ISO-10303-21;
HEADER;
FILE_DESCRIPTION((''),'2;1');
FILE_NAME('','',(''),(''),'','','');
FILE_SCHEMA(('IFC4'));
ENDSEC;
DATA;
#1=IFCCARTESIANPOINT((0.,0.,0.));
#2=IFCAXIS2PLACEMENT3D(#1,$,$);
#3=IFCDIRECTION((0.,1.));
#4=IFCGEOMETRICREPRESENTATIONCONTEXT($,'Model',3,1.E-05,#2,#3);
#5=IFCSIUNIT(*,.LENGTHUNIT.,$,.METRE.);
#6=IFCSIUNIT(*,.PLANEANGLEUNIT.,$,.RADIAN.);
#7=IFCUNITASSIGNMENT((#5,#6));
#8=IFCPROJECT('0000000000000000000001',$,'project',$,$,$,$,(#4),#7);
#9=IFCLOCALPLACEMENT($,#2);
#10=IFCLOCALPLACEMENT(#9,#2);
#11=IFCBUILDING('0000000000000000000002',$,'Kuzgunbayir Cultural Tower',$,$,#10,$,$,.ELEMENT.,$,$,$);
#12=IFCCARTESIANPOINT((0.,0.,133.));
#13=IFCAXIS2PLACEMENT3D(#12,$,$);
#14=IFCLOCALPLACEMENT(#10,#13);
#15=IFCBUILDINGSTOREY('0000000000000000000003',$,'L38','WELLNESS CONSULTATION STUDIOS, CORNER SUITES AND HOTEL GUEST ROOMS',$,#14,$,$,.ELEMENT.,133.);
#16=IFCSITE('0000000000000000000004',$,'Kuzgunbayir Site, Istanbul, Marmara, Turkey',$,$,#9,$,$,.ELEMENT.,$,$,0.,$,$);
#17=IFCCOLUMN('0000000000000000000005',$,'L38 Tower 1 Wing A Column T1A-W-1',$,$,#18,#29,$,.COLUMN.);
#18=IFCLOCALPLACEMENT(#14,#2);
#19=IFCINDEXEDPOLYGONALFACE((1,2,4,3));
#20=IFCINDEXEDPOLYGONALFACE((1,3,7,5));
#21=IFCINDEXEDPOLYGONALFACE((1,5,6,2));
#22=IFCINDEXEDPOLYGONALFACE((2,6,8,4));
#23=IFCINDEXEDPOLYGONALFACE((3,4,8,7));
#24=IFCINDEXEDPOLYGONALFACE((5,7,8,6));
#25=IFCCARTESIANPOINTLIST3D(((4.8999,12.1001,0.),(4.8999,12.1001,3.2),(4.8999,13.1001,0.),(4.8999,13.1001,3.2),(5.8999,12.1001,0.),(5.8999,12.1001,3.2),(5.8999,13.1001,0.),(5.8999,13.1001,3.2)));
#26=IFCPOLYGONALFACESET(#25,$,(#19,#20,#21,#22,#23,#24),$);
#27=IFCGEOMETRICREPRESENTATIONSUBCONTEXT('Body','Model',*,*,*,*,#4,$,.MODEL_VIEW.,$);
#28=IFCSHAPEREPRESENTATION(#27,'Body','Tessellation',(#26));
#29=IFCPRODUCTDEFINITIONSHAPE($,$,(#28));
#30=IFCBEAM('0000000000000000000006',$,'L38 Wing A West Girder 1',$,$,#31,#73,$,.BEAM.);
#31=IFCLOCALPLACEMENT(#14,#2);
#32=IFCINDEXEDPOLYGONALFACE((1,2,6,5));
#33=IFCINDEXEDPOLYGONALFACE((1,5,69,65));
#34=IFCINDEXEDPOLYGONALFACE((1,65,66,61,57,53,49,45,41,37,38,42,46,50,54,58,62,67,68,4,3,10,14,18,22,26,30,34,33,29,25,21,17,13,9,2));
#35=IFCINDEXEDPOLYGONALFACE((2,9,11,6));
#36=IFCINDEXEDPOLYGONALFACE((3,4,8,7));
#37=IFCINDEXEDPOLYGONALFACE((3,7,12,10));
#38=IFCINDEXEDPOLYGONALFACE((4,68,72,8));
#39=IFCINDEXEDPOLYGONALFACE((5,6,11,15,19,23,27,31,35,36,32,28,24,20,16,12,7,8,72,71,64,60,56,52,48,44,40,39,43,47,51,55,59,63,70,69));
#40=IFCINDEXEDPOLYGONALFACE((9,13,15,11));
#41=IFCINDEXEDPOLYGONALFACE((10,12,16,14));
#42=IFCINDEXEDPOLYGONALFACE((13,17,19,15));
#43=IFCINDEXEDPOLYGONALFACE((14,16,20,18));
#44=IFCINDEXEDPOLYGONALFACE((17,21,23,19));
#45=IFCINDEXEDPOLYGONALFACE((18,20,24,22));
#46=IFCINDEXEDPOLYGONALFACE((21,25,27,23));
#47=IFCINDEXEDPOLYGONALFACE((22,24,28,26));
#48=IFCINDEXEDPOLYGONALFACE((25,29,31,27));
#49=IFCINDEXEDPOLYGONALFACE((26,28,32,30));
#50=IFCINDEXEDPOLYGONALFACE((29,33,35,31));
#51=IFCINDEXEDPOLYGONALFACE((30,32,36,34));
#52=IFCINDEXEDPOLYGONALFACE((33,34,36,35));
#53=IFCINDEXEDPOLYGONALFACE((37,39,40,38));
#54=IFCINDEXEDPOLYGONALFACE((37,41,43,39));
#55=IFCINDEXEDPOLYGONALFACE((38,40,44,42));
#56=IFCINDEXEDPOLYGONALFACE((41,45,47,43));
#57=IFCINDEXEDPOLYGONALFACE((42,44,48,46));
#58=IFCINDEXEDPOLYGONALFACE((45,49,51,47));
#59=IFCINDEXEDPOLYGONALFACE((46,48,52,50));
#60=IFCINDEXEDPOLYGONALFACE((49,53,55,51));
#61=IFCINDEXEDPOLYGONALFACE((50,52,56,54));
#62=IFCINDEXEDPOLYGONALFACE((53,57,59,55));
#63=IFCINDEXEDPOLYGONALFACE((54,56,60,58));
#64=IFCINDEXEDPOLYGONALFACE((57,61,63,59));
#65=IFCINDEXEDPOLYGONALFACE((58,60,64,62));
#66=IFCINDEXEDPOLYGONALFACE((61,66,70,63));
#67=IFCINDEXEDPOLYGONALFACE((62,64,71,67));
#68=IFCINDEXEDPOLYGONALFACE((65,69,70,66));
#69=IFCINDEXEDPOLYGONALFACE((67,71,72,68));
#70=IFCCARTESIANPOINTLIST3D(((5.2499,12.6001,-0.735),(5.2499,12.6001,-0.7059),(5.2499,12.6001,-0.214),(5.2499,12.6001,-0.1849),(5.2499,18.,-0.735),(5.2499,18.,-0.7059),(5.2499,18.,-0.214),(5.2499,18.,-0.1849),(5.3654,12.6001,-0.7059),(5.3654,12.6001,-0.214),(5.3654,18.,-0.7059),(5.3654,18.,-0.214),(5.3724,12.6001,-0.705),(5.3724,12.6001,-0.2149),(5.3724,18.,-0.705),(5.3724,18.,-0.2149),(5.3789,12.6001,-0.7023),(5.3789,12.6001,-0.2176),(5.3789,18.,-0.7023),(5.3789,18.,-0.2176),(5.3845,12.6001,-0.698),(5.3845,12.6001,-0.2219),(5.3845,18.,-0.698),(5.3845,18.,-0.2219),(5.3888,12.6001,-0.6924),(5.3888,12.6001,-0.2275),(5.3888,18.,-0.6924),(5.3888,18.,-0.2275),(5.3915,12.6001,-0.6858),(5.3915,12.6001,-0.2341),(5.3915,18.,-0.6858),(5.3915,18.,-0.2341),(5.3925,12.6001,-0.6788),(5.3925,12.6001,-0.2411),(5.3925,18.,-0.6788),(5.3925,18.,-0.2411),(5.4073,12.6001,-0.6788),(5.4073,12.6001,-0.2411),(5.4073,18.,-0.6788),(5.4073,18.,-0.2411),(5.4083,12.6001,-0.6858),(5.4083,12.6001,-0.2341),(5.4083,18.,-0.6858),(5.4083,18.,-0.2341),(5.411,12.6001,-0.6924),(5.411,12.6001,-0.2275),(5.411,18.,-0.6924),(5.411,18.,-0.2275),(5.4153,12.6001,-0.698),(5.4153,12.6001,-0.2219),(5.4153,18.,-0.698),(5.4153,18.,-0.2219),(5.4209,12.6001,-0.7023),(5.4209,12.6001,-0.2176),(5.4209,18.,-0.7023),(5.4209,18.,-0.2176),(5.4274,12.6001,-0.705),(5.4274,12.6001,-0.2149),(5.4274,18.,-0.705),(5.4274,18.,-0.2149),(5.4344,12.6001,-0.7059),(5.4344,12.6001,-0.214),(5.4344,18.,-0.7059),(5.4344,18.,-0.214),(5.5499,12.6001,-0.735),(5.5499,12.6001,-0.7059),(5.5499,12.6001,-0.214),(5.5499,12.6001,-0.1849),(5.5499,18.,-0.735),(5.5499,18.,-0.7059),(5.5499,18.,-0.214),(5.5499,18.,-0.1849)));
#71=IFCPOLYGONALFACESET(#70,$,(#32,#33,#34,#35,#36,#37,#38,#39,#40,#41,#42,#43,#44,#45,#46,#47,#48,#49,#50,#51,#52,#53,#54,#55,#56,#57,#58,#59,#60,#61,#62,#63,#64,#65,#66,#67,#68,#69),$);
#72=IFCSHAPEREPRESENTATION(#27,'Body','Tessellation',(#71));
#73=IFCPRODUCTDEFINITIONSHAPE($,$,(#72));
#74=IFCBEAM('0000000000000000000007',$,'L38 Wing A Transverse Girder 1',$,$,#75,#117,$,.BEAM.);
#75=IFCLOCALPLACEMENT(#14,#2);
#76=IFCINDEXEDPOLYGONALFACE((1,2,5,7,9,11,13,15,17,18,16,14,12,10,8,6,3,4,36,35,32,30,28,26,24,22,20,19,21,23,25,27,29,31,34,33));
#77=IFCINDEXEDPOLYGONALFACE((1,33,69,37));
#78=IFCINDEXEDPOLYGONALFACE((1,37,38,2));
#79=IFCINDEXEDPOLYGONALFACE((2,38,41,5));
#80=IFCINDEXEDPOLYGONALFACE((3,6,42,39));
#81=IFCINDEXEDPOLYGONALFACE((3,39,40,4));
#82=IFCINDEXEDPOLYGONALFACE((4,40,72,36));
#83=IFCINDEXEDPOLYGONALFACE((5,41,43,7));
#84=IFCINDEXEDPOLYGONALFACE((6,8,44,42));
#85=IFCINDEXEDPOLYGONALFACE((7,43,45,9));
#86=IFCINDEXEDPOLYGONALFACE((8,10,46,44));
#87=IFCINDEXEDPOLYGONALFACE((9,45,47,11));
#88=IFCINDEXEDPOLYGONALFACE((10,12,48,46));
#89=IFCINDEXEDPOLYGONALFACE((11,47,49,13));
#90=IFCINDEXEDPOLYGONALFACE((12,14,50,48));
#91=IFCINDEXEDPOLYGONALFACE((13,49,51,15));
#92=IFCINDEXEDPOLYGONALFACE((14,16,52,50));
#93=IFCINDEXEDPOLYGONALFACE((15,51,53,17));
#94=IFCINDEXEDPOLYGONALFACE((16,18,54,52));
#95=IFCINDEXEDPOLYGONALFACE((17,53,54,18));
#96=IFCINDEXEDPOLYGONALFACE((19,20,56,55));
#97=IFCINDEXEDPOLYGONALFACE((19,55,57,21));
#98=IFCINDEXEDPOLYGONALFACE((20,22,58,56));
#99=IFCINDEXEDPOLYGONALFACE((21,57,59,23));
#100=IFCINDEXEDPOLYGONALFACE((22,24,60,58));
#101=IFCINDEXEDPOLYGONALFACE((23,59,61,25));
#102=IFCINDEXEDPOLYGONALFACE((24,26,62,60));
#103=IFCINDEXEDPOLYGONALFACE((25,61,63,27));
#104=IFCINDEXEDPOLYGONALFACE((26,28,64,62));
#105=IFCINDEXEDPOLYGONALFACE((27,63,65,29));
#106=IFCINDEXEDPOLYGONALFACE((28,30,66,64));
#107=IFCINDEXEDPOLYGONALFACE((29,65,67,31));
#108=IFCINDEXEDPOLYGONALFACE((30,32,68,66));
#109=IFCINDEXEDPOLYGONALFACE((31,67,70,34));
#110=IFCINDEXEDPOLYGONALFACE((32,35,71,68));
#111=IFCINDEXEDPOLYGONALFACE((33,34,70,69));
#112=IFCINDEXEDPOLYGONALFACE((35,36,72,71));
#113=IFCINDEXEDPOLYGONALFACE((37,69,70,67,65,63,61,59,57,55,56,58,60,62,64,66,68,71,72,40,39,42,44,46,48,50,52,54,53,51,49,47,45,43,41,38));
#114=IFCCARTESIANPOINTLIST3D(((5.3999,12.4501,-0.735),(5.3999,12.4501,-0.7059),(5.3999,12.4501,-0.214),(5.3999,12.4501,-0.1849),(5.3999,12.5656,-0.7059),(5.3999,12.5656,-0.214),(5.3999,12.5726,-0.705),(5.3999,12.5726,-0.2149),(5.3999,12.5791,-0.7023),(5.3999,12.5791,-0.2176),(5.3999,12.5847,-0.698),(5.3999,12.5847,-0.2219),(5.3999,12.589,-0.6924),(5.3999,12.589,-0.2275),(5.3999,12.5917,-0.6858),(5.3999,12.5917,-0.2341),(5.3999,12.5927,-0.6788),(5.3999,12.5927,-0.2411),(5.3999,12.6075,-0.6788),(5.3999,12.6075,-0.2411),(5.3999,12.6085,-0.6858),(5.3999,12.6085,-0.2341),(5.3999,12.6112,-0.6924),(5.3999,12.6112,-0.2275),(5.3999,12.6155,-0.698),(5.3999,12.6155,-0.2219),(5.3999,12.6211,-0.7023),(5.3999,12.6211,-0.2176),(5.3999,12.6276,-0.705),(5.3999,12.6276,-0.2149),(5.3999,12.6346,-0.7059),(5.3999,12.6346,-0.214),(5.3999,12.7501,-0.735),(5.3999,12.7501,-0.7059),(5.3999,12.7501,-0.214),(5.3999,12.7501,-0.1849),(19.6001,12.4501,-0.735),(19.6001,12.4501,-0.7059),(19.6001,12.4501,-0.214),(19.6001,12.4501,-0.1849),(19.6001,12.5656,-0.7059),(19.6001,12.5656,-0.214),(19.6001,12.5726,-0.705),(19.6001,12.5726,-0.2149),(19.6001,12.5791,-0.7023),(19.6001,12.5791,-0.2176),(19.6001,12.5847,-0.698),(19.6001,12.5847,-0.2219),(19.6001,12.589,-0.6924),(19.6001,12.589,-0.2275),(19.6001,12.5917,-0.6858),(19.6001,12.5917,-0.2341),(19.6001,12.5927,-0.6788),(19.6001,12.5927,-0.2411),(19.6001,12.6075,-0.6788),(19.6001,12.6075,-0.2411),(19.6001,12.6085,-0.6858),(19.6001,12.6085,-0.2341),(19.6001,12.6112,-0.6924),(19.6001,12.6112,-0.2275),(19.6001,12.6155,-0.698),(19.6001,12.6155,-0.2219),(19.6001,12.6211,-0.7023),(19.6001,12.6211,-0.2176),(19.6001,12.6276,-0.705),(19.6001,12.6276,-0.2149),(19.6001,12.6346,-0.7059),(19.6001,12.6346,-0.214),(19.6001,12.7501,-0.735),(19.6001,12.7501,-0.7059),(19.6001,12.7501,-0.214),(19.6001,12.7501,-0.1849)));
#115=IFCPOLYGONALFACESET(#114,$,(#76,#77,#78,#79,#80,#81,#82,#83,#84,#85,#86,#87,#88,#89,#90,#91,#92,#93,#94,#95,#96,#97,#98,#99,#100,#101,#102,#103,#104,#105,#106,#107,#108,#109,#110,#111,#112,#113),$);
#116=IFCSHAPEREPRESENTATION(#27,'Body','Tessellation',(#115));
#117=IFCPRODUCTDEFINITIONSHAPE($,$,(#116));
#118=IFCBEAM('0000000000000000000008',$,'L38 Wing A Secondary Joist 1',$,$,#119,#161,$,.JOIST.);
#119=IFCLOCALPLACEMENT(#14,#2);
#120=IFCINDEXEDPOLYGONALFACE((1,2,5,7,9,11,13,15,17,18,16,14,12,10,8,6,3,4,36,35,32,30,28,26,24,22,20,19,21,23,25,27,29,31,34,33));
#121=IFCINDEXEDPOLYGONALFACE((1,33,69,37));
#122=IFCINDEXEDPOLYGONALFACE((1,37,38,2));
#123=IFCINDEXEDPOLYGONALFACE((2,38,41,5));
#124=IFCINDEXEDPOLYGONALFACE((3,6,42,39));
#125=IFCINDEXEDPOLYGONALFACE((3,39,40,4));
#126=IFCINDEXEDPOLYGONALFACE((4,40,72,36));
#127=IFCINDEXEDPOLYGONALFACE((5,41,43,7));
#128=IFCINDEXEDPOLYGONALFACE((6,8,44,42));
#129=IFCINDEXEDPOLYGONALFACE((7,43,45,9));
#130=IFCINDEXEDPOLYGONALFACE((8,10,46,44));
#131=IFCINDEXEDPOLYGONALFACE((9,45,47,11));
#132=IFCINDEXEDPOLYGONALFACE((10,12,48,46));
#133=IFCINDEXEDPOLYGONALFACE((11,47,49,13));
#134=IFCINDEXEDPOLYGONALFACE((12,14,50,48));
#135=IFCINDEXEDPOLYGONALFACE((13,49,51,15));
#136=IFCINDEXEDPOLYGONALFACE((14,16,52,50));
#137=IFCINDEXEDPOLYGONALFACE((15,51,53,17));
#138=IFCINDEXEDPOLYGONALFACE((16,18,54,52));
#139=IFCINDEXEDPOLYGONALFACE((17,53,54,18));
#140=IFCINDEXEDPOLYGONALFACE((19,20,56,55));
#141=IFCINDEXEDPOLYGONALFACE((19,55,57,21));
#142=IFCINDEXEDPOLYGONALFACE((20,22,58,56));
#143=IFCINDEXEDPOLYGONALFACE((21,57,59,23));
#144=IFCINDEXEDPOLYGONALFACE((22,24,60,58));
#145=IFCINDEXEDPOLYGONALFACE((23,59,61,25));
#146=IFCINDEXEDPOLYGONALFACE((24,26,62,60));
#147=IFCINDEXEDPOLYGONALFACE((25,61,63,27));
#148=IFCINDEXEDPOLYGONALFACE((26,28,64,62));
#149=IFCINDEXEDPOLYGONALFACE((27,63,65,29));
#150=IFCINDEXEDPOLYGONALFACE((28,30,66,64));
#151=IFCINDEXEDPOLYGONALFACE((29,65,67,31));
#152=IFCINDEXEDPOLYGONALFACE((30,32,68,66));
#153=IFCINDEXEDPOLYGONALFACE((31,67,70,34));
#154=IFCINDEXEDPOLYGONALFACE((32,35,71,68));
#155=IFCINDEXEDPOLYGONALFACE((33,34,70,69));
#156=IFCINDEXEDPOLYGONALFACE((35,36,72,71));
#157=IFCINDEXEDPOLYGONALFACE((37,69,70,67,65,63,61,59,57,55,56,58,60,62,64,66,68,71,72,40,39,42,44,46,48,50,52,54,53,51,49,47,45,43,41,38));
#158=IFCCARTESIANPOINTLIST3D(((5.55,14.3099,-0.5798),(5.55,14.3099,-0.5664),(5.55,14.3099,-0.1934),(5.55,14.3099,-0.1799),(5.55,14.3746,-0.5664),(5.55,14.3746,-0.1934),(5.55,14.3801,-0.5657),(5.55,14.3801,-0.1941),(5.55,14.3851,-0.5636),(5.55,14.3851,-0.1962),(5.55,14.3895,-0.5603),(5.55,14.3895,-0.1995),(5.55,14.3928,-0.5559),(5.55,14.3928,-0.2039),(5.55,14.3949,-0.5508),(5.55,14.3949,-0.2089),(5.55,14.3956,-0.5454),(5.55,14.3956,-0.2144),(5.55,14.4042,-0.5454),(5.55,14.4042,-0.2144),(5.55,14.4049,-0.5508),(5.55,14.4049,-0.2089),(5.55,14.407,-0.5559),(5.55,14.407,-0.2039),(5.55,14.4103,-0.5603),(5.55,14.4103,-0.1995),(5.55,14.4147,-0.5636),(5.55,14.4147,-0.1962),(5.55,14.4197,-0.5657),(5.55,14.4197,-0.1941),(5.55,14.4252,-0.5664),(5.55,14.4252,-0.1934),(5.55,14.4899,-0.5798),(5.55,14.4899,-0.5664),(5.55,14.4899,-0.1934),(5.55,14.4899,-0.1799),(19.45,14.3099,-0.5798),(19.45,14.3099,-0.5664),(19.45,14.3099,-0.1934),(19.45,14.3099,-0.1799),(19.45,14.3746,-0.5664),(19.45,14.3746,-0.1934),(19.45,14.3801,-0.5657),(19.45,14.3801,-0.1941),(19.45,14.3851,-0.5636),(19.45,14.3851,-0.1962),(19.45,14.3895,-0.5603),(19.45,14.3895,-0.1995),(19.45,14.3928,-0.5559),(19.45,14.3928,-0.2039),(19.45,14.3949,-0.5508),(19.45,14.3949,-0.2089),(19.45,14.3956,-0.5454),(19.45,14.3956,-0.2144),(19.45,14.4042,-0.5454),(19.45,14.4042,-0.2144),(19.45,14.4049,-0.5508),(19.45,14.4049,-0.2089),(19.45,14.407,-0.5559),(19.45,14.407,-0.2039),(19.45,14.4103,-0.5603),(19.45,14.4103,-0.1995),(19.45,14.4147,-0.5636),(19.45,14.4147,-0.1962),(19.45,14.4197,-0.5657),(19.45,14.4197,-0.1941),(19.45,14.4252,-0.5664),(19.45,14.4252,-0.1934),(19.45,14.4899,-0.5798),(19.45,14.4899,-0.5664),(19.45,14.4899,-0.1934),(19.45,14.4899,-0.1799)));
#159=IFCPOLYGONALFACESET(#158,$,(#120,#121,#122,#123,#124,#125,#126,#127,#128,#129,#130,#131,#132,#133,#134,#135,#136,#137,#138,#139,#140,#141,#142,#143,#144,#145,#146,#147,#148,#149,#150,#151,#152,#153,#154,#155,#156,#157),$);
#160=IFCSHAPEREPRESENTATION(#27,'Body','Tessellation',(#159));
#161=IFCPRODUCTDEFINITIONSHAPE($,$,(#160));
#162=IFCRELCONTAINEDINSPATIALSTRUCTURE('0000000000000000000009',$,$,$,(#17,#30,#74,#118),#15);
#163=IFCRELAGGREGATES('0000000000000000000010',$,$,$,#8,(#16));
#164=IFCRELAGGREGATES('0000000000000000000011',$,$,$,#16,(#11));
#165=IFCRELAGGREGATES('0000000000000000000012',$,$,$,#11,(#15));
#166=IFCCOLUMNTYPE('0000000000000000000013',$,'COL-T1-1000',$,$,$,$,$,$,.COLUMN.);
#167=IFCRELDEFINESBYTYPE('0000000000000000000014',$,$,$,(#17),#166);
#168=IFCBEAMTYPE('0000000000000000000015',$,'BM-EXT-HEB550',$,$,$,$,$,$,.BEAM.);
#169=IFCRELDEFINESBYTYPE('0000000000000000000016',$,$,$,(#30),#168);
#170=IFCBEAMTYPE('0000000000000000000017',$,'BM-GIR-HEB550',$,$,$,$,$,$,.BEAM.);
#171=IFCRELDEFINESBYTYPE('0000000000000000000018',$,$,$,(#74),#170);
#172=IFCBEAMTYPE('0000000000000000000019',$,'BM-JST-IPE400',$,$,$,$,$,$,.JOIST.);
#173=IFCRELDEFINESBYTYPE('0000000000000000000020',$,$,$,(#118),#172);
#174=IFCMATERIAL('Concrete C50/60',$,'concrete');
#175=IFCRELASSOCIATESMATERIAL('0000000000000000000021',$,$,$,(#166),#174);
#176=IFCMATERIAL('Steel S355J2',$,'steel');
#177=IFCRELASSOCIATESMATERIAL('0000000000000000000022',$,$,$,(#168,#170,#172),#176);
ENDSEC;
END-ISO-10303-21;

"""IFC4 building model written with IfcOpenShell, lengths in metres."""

from ifc_helpers import new_model, si_unit, direction, frame, origin, origin_2d, place, context, subcontext, project, spatial, rectangle, i_section, extrude, material, material_profile, profile_set, type_object, element, save


model = new_model("IFC4")

# Units and contexts
model_context = context("Model", 3, precision=1e-05, world=origin(), true_north=direction((0.0, 1.0)))
body_context = subcontext(model_context, "Body", "Model", "MODEL_VIEW")
ifc_project = project(units=[si_unit("LENGTHUNIT", "METRE"), si_unit("PLANEANGLEUNIT", "RADIAN")], contexts=[model_context])

# Site, building, storey
site_placement = place(None, origin())
site = spatial("IfcSite", under=ifc_project, at=site_placement, Name="Kuzgunbayir Site, Istanbul, Marmara, Turkey", CompositionType="ELEMENT", RefElevation=0.0)
building_placement = place(site_placement, origin())
building = spatial("IfcBuilding", under=site, at=building_placement, Name="Kuzgunbayir Cultural Tower", CompositionType="ELEMENT")
storey_placement = place(building_placement, frame((0.0, 0.0, 133.0)))
storey = spatial("IfcBuildingStorey", under=building, at=storey_placement, Name="L38", Description="WELLNESS CONSULTATION STUDIOS, CORNER SUITES AND HOTEL GUEST ROOMS", CompositionType="ELEMENT", Elevation=133.0)

# Column
ifc_material_1 = material(Name="Concrete C50/60", Category="concrete")
ifc_material_profile_1 = material_profile(ifc_material_1, rectangle(XDim=1.0, YDim=1.0, at=origin_2d()), Name="RC 1000x1000")
ifc_profile_set_1 = profile_set([ifc_material_profile_1], Name="Concrete C50/60")
column_type = type_object("IfcColumnType", Name="COL-T1-1000", PredefinedType="COLUMN", material=ifc_profile_set_1)
column_placement = place(storey_placement, frame((5.3999, 12.6001, 0.0), z_axis=(0.0, 0.0, 1.0), x_axis=(1.0, 0.0, 0.0)))
element("IfcColumn", 1, at=column_placement, inside=storey, type_object=column_type, Name="L38 Tower 1 Wing A Column T1A-W-1", PredefinedType="COLUMN", context=body_context, shape_type="SweptSolid", body=[
    extrude(rectangle(XDim=1.0, YDim=1.0, at=origin_2d()), origin(), (0.0, 0.0, 1.0), 3.2),
])

# Beams
ifc_material_2 = material(Name="Steel S355J2", Category="steel")
ifc_material_profile_2 = material_profile(ifc_material_2, i_section(OverallWidth=0.3, OverallDepth=0.55, WebThickness=0.0149, FlangeThickness=0.0291, FilletRadius=0.0271, at=origin_2d()), Name="HEB 550")
ifc_profile_set_2 = profile_set([ifc_material_profile_2], Name="Steel S355J2")
beam_type_1 = type_object("IfcBeamType", Name="BM-EXT-HEB550", PredefinedType="BEAM", material=ifc_profile_set_2)
beam_1_placement = place(storey_placement, frame((5.3999, 12.6001, -0.46), z_axis=(0.0, 1.0, 0.0), x_axis=(-1.0, 0.0, 0.0)))
element("IfcBeam", 2, at=beam_1_placement, inside=storey, type_object=beam_type_1, Name="L38 Wing A West Girder 1", PredefinedType="BEAM", context=body_context, shape_type="SweptSolid", body=[
    extrude(i_section(OverallWidth=0.3, OverallDepth=0.55, WebThickness=0.0149, FlangeThickness=0.0291, FilletRadius=0.0271, at=origin_2d()), origin(), (0.0, 0.0, 1.0), 5.3999),
])
ifc_material_profile_3 = material_profile(ifc_material_2, i_section(OverallWidth=0.3, OverallDepth=0.55, WebThickness=0.0149, FlangeThickness=0.0291, FilletRadius=0.0271, at=origin_2d()), Name="HEB 550")
ifc_profile_set_3 = profile_set([ifc_material_profile_3], Name="Steel S355J2")
beam_type_2 = type_object("IfcBeamType", Name="BM-GIR-HEB550", PredefinedType="BEAM", material=ifc_profile_set_3)
beam_2_placement = place(storey_placement, frame((5.3999, 12.6001, -0.46), z_axis=(1.0, 0.0, 0.0), x_axis=(0.0, 1.0, 0.0)))
element("IfcBeam", 3, at=beam_2_placement, inside=storey, type_object=beam_type_2, Name="L38 Wing A Transverse Girder 1", PredefinedType="BEAM", context=body_context, shape_type="SweptSolid", body=[
    extrude(i_section(OverallWidth=0.3, OverallDepth=0.55, WebThickness=0.0149, FlangeThickness=0.0291, FilletRadius=0.0271, at=origin_2d()), origin(), (0.0, 0.0, 1.0), 14.2002),
])
ifc_material_profile_4 = material_profile(ifc_material_2, i_section(OverallWidth=0.1799, OverallDepth=0.3999, WebThickness=0.0085, FlangeThickness=0.0134, FilletRadius=0.021, at=origin_2d()), Name="IPE 400")
ifc_profile_set_4 = profile_set([ifc_material_profile_4], Name="Steel S355J2")
beam_type_3 = type_object("IfcBeamType", Name="BM-JST-IPE400", PredefinedType="JOIST", material=ifc_profile_set_4)
for number, where, z_axis, x_axis, name in (
    (4, (5.55, 14.3999, -0.3799), (1.0, 0.0, 0.0), (0.0, 1.0, 0.0), "L38 Wing A Secondary Joist 1"),
):
    element("IfcBeam", number, at=place(storey_placement, frame(where, z_axis=z_axis, x_axis=x_axis)), inside=storey, type_object=beam_type_3, Name=name, PredefinedType="JOIST", context=body_context, shape_type="SweptSolid", body=[
        extrude(i_section(OverallWidth=0.1799, OverallDepth=0.3999, WebThickness=0.0085, FlangeThickness=0.0134, FilletRadius=0.021, at=origin_2d()), origin(), (0.0, 0.0, 1.0), 13.8999),
    ])

save(model, "model.ifc")
